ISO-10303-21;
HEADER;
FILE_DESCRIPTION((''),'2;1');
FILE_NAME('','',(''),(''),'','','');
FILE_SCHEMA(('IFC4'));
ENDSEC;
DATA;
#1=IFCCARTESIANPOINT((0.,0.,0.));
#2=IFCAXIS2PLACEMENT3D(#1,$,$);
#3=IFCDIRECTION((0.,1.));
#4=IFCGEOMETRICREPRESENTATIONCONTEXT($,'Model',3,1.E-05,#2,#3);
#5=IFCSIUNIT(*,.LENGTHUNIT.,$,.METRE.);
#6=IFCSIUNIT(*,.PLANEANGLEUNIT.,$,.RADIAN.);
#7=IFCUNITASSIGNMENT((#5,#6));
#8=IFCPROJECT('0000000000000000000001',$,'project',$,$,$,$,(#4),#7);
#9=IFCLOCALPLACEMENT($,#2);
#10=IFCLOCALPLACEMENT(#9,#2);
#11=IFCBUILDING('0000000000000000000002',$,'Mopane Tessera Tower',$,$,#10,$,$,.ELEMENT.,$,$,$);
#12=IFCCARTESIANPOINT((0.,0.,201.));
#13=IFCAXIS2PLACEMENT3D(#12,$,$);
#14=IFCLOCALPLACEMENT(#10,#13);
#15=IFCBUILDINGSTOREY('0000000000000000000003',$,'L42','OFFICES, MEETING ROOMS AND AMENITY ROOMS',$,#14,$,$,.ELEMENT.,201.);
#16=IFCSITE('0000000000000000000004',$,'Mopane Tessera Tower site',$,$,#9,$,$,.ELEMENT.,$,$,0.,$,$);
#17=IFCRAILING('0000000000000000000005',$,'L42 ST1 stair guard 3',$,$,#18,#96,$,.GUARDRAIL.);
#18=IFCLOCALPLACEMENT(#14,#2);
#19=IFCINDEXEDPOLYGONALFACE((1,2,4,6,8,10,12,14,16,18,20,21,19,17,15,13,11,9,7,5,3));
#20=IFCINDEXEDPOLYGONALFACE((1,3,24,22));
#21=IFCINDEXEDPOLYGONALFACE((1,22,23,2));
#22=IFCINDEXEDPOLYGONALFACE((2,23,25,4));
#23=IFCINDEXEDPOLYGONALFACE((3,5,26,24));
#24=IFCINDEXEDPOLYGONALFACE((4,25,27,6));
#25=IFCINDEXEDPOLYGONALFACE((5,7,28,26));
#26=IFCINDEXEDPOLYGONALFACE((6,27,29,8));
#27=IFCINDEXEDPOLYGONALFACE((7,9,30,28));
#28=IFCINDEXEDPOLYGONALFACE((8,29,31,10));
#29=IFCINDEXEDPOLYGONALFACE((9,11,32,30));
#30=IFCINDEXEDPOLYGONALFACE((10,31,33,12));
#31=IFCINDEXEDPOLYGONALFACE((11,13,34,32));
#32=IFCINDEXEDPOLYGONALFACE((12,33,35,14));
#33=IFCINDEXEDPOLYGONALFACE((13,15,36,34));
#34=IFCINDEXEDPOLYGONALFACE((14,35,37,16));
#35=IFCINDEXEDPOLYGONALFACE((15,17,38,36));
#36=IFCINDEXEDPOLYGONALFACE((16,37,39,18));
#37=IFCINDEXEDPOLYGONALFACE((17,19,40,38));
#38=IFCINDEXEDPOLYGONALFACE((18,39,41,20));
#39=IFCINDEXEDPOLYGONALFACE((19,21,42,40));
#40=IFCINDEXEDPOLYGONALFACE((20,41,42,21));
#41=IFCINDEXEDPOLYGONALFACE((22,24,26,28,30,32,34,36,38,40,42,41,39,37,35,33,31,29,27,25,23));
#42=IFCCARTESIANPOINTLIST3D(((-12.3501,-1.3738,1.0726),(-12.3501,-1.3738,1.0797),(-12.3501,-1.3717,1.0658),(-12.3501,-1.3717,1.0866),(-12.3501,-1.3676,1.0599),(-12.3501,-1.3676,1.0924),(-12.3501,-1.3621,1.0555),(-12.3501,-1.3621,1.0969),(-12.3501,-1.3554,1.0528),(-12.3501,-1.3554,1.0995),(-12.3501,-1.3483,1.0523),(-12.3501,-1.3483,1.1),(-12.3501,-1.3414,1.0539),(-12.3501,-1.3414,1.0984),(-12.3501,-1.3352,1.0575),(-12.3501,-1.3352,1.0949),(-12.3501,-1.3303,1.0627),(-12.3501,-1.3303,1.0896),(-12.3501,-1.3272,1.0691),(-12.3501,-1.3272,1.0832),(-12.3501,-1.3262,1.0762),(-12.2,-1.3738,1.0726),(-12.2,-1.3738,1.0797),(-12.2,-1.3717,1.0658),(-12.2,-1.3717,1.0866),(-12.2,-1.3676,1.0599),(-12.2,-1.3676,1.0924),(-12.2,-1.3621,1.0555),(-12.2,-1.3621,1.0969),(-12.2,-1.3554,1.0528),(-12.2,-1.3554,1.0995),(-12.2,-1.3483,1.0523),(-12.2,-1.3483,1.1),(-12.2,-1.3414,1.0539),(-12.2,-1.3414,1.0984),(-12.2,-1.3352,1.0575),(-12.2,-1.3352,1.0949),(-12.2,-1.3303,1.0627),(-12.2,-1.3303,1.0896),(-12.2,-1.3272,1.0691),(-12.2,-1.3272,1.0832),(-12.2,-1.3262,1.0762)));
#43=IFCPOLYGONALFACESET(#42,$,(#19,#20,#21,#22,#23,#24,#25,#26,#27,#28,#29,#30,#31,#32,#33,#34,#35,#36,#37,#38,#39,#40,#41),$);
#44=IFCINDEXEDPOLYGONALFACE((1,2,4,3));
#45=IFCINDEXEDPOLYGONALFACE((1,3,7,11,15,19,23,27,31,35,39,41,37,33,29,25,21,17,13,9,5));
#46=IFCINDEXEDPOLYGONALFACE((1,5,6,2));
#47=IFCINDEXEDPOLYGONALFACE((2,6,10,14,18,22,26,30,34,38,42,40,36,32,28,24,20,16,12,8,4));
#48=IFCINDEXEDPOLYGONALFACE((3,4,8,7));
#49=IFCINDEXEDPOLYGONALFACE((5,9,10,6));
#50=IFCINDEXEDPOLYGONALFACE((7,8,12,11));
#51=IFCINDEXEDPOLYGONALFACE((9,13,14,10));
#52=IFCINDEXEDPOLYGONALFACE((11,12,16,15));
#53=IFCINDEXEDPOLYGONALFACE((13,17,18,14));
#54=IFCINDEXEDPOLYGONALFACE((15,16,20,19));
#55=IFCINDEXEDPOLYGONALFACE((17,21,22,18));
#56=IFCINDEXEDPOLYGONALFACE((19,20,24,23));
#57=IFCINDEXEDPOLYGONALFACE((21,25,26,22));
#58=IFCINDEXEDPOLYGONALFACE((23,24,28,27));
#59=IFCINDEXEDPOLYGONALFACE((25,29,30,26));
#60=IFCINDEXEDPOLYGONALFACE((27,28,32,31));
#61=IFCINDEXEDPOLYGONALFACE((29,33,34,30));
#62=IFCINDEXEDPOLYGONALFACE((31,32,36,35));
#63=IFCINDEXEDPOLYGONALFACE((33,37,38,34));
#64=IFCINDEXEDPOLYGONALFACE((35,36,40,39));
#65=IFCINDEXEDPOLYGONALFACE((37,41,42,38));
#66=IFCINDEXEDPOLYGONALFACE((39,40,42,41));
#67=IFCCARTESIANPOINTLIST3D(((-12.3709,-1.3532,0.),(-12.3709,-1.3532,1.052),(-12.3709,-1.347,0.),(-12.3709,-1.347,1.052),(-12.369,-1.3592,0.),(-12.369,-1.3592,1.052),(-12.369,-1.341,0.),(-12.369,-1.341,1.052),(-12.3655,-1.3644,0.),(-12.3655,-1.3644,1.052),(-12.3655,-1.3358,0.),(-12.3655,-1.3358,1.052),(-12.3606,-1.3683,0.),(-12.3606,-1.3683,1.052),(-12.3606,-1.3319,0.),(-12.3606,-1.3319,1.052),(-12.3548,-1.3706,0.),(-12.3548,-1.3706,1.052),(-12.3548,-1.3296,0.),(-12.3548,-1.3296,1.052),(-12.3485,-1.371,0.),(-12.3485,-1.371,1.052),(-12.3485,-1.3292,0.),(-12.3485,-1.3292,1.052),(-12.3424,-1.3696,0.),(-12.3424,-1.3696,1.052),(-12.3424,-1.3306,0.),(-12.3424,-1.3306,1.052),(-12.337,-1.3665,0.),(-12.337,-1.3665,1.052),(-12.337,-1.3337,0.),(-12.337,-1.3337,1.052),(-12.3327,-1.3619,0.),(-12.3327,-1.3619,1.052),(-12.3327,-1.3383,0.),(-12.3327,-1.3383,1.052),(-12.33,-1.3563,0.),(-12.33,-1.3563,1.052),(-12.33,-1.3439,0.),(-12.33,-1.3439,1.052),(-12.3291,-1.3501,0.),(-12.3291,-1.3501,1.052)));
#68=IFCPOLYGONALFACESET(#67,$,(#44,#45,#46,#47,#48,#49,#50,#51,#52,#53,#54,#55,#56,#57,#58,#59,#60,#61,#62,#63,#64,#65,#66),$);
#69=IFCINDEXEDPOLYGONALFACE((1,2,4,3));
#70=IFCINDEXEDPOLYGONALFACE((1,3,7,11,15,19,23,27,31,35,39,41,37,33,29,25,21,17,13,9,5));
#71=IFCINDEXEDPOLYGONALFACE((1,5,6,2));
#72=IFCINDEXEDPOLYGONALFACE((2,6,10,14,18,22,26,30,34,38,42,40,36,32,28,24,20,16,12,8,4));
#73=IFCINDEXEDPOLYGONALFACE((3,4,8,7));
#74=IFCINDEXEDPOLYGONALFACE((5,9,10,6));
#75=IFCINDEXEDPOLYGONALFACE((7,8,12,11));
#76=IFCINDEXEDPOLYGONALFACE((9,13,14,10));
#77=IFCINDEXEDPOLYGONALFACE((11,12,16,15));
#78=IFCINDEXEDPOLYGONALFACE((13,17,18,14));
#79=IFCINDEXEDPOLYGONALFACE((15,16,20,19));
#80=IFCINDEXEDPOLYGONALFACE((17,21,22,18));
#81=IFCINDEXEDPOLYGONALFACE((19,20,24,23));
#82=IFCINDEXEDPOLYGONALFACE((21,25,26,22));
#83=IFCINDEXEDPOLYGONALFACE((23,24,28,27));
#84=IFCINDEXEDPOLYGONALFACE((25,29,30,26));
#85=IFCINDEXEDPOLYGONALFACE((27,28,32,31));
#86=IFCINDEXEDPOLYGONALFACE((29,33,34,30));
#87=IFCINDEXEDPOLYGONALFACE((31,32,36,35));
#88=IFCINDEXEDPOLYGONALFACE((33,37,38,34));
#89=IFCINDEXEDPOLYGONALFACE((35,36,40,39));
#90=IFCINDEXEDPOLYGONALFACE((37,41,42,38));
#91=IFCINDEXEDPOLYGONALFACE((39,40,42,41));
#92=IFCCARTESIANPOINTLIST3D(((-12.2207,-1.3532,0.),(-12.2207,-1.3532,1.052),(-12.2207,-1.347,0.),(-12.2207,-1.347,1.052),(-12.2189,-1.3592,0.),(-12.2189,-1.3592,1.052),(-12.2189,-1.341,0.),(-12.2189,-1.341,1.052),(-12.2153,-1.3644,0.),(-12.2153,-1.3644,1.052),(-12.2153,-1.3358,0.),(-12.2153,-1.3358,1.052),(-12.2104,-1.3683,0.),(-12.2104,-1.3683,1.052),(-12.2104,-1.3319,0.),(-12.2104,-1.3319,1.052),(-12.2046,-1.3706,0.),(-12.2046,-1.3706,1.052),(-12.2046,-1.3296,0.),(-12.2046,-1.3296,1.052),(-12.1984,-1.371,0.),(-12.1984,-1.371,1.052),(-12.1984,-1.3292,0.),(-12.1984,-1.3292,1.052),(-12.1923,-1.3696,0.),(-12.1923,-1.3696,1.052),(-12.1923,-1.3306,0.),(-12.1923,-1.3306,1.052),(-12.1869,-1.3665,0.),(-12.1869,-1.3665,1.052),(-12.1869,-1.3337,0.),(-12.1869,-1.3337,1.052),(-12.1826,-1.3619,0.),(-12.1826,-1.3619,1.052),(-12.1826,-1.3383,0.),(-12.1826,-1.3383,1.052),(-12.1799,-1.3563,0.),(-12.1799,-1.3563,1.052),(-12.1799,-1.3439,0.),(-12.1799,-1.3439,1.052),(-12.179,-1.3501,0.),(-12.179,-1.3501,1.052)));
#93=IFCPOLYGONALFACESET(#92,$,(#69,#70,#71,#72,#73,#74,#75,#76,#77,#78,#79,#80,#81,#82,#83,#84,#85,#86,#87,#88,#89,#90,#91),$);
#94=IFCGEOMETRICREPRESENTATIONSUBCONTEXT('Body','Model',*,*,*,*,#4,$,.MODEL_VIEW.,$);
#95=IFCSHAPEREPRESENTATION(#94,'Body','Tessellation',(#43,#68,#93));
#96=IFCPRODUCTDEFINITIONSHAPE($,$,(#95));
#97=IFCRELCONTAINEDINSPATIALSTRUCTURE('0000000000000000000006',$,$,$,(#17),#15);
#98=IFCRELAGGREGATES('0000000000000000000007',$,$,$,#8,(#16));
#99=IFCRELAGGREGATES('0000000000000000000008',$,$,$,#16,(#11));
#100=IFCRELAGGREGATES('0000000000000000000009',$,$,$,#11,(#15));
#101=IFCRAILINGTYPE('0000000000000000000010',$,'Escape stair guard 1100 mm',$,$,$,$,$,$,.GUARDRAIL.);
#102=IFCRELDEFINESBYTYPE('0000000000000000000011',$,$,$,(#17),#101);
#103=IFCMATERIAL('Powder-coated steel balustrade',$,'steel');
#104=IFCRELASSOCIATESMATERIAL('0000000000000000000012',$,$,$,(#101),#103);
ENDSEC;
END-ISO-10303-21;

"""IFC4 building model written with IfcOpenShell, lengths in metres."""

from ifc_helpers import new_model, si_unit, direction, frame, origin, origin_2d, place, context, subcontext, project, spatial, circle, extrude, material, type_object, element, save


model = new_model("IFC4")

# Units and contexts
model_context = context("Model", 3, precision=1e-05, world=origin(), true_north=direction((0.0, 1.0)))
body_context = subcontext(model_context, "Body", "Model", "MODEL_VIEW")
ifc_project = project(units=[si_unit("LENGTHUNIT", "METRE"), si_unit("PLANEANGLEUNIT", "RADIAN")], contexts=[model_context])

# Site, building, storey
site_placement = place(None, origin())
site = spatial("IfcSite", under=ifc_project, at=site_placement, Name="Mopane Tessera Tower site", CompositionType="ELEMENT", RefElevation=0.0)
building_placement = place(site_placement, origin())
building = spatial("IfcBuilding", under=site, at=building_placement, Name="Mopane Tessera Tower", CompositionType="ELEMENT")
storey_placement = place(building_placement, frame((0.0, 0.0, 201.0)))
storey = spatial("IfcBuildingStorey", under=building, at=storey_placement, Name="L42", Description="OFFICES, MEETING ROOMS AND AMENITY ROOMS", CompositionType="ELEMENT", Elevation=201.0)

# Railing
ifc_material_1 = material(Name="Powder-coated steel balustrade", Category="steel")
railing_type_1 = type_object("IfcRailingType", Name="Escape stair guard 1100 mm", PredefinedType="GUARDRAIL", material=ifc_material_1)
railing_1_placement = place(storey_placement, frame((-12.3501, -1.3501, 0.0)))
element("IfcRailing", 1, at=railing_1_placement, inside=storey, type_object=railing_type_1, Name="L42 ST1 stair guard 3", PredefinedType="GUARDRAIL", context=body_context, shape_type="SweptSolid", body=[
    extrude(circle(Radius=0.0239, at=origin_2d()), frame((0.0, 0.0, 1.0762), z_axis=(1.0, 0.0, 0.0), x_axis=(0.0, 1.0, 0.0)), (0.0, 0.0, 1.0), 0.1501),
    extrude(circle(Radius=0.021, at=origin_2d()), origin(), (0.0, 0.0, 1.0), 1.052),
    extrude(circle(Radius=0.021, at=origin_2d()), frame((0.1501, 0.0, 0.0)), (0.0, 0.0, 1.0), 1.052),
])

save(model, "model.ifc")
